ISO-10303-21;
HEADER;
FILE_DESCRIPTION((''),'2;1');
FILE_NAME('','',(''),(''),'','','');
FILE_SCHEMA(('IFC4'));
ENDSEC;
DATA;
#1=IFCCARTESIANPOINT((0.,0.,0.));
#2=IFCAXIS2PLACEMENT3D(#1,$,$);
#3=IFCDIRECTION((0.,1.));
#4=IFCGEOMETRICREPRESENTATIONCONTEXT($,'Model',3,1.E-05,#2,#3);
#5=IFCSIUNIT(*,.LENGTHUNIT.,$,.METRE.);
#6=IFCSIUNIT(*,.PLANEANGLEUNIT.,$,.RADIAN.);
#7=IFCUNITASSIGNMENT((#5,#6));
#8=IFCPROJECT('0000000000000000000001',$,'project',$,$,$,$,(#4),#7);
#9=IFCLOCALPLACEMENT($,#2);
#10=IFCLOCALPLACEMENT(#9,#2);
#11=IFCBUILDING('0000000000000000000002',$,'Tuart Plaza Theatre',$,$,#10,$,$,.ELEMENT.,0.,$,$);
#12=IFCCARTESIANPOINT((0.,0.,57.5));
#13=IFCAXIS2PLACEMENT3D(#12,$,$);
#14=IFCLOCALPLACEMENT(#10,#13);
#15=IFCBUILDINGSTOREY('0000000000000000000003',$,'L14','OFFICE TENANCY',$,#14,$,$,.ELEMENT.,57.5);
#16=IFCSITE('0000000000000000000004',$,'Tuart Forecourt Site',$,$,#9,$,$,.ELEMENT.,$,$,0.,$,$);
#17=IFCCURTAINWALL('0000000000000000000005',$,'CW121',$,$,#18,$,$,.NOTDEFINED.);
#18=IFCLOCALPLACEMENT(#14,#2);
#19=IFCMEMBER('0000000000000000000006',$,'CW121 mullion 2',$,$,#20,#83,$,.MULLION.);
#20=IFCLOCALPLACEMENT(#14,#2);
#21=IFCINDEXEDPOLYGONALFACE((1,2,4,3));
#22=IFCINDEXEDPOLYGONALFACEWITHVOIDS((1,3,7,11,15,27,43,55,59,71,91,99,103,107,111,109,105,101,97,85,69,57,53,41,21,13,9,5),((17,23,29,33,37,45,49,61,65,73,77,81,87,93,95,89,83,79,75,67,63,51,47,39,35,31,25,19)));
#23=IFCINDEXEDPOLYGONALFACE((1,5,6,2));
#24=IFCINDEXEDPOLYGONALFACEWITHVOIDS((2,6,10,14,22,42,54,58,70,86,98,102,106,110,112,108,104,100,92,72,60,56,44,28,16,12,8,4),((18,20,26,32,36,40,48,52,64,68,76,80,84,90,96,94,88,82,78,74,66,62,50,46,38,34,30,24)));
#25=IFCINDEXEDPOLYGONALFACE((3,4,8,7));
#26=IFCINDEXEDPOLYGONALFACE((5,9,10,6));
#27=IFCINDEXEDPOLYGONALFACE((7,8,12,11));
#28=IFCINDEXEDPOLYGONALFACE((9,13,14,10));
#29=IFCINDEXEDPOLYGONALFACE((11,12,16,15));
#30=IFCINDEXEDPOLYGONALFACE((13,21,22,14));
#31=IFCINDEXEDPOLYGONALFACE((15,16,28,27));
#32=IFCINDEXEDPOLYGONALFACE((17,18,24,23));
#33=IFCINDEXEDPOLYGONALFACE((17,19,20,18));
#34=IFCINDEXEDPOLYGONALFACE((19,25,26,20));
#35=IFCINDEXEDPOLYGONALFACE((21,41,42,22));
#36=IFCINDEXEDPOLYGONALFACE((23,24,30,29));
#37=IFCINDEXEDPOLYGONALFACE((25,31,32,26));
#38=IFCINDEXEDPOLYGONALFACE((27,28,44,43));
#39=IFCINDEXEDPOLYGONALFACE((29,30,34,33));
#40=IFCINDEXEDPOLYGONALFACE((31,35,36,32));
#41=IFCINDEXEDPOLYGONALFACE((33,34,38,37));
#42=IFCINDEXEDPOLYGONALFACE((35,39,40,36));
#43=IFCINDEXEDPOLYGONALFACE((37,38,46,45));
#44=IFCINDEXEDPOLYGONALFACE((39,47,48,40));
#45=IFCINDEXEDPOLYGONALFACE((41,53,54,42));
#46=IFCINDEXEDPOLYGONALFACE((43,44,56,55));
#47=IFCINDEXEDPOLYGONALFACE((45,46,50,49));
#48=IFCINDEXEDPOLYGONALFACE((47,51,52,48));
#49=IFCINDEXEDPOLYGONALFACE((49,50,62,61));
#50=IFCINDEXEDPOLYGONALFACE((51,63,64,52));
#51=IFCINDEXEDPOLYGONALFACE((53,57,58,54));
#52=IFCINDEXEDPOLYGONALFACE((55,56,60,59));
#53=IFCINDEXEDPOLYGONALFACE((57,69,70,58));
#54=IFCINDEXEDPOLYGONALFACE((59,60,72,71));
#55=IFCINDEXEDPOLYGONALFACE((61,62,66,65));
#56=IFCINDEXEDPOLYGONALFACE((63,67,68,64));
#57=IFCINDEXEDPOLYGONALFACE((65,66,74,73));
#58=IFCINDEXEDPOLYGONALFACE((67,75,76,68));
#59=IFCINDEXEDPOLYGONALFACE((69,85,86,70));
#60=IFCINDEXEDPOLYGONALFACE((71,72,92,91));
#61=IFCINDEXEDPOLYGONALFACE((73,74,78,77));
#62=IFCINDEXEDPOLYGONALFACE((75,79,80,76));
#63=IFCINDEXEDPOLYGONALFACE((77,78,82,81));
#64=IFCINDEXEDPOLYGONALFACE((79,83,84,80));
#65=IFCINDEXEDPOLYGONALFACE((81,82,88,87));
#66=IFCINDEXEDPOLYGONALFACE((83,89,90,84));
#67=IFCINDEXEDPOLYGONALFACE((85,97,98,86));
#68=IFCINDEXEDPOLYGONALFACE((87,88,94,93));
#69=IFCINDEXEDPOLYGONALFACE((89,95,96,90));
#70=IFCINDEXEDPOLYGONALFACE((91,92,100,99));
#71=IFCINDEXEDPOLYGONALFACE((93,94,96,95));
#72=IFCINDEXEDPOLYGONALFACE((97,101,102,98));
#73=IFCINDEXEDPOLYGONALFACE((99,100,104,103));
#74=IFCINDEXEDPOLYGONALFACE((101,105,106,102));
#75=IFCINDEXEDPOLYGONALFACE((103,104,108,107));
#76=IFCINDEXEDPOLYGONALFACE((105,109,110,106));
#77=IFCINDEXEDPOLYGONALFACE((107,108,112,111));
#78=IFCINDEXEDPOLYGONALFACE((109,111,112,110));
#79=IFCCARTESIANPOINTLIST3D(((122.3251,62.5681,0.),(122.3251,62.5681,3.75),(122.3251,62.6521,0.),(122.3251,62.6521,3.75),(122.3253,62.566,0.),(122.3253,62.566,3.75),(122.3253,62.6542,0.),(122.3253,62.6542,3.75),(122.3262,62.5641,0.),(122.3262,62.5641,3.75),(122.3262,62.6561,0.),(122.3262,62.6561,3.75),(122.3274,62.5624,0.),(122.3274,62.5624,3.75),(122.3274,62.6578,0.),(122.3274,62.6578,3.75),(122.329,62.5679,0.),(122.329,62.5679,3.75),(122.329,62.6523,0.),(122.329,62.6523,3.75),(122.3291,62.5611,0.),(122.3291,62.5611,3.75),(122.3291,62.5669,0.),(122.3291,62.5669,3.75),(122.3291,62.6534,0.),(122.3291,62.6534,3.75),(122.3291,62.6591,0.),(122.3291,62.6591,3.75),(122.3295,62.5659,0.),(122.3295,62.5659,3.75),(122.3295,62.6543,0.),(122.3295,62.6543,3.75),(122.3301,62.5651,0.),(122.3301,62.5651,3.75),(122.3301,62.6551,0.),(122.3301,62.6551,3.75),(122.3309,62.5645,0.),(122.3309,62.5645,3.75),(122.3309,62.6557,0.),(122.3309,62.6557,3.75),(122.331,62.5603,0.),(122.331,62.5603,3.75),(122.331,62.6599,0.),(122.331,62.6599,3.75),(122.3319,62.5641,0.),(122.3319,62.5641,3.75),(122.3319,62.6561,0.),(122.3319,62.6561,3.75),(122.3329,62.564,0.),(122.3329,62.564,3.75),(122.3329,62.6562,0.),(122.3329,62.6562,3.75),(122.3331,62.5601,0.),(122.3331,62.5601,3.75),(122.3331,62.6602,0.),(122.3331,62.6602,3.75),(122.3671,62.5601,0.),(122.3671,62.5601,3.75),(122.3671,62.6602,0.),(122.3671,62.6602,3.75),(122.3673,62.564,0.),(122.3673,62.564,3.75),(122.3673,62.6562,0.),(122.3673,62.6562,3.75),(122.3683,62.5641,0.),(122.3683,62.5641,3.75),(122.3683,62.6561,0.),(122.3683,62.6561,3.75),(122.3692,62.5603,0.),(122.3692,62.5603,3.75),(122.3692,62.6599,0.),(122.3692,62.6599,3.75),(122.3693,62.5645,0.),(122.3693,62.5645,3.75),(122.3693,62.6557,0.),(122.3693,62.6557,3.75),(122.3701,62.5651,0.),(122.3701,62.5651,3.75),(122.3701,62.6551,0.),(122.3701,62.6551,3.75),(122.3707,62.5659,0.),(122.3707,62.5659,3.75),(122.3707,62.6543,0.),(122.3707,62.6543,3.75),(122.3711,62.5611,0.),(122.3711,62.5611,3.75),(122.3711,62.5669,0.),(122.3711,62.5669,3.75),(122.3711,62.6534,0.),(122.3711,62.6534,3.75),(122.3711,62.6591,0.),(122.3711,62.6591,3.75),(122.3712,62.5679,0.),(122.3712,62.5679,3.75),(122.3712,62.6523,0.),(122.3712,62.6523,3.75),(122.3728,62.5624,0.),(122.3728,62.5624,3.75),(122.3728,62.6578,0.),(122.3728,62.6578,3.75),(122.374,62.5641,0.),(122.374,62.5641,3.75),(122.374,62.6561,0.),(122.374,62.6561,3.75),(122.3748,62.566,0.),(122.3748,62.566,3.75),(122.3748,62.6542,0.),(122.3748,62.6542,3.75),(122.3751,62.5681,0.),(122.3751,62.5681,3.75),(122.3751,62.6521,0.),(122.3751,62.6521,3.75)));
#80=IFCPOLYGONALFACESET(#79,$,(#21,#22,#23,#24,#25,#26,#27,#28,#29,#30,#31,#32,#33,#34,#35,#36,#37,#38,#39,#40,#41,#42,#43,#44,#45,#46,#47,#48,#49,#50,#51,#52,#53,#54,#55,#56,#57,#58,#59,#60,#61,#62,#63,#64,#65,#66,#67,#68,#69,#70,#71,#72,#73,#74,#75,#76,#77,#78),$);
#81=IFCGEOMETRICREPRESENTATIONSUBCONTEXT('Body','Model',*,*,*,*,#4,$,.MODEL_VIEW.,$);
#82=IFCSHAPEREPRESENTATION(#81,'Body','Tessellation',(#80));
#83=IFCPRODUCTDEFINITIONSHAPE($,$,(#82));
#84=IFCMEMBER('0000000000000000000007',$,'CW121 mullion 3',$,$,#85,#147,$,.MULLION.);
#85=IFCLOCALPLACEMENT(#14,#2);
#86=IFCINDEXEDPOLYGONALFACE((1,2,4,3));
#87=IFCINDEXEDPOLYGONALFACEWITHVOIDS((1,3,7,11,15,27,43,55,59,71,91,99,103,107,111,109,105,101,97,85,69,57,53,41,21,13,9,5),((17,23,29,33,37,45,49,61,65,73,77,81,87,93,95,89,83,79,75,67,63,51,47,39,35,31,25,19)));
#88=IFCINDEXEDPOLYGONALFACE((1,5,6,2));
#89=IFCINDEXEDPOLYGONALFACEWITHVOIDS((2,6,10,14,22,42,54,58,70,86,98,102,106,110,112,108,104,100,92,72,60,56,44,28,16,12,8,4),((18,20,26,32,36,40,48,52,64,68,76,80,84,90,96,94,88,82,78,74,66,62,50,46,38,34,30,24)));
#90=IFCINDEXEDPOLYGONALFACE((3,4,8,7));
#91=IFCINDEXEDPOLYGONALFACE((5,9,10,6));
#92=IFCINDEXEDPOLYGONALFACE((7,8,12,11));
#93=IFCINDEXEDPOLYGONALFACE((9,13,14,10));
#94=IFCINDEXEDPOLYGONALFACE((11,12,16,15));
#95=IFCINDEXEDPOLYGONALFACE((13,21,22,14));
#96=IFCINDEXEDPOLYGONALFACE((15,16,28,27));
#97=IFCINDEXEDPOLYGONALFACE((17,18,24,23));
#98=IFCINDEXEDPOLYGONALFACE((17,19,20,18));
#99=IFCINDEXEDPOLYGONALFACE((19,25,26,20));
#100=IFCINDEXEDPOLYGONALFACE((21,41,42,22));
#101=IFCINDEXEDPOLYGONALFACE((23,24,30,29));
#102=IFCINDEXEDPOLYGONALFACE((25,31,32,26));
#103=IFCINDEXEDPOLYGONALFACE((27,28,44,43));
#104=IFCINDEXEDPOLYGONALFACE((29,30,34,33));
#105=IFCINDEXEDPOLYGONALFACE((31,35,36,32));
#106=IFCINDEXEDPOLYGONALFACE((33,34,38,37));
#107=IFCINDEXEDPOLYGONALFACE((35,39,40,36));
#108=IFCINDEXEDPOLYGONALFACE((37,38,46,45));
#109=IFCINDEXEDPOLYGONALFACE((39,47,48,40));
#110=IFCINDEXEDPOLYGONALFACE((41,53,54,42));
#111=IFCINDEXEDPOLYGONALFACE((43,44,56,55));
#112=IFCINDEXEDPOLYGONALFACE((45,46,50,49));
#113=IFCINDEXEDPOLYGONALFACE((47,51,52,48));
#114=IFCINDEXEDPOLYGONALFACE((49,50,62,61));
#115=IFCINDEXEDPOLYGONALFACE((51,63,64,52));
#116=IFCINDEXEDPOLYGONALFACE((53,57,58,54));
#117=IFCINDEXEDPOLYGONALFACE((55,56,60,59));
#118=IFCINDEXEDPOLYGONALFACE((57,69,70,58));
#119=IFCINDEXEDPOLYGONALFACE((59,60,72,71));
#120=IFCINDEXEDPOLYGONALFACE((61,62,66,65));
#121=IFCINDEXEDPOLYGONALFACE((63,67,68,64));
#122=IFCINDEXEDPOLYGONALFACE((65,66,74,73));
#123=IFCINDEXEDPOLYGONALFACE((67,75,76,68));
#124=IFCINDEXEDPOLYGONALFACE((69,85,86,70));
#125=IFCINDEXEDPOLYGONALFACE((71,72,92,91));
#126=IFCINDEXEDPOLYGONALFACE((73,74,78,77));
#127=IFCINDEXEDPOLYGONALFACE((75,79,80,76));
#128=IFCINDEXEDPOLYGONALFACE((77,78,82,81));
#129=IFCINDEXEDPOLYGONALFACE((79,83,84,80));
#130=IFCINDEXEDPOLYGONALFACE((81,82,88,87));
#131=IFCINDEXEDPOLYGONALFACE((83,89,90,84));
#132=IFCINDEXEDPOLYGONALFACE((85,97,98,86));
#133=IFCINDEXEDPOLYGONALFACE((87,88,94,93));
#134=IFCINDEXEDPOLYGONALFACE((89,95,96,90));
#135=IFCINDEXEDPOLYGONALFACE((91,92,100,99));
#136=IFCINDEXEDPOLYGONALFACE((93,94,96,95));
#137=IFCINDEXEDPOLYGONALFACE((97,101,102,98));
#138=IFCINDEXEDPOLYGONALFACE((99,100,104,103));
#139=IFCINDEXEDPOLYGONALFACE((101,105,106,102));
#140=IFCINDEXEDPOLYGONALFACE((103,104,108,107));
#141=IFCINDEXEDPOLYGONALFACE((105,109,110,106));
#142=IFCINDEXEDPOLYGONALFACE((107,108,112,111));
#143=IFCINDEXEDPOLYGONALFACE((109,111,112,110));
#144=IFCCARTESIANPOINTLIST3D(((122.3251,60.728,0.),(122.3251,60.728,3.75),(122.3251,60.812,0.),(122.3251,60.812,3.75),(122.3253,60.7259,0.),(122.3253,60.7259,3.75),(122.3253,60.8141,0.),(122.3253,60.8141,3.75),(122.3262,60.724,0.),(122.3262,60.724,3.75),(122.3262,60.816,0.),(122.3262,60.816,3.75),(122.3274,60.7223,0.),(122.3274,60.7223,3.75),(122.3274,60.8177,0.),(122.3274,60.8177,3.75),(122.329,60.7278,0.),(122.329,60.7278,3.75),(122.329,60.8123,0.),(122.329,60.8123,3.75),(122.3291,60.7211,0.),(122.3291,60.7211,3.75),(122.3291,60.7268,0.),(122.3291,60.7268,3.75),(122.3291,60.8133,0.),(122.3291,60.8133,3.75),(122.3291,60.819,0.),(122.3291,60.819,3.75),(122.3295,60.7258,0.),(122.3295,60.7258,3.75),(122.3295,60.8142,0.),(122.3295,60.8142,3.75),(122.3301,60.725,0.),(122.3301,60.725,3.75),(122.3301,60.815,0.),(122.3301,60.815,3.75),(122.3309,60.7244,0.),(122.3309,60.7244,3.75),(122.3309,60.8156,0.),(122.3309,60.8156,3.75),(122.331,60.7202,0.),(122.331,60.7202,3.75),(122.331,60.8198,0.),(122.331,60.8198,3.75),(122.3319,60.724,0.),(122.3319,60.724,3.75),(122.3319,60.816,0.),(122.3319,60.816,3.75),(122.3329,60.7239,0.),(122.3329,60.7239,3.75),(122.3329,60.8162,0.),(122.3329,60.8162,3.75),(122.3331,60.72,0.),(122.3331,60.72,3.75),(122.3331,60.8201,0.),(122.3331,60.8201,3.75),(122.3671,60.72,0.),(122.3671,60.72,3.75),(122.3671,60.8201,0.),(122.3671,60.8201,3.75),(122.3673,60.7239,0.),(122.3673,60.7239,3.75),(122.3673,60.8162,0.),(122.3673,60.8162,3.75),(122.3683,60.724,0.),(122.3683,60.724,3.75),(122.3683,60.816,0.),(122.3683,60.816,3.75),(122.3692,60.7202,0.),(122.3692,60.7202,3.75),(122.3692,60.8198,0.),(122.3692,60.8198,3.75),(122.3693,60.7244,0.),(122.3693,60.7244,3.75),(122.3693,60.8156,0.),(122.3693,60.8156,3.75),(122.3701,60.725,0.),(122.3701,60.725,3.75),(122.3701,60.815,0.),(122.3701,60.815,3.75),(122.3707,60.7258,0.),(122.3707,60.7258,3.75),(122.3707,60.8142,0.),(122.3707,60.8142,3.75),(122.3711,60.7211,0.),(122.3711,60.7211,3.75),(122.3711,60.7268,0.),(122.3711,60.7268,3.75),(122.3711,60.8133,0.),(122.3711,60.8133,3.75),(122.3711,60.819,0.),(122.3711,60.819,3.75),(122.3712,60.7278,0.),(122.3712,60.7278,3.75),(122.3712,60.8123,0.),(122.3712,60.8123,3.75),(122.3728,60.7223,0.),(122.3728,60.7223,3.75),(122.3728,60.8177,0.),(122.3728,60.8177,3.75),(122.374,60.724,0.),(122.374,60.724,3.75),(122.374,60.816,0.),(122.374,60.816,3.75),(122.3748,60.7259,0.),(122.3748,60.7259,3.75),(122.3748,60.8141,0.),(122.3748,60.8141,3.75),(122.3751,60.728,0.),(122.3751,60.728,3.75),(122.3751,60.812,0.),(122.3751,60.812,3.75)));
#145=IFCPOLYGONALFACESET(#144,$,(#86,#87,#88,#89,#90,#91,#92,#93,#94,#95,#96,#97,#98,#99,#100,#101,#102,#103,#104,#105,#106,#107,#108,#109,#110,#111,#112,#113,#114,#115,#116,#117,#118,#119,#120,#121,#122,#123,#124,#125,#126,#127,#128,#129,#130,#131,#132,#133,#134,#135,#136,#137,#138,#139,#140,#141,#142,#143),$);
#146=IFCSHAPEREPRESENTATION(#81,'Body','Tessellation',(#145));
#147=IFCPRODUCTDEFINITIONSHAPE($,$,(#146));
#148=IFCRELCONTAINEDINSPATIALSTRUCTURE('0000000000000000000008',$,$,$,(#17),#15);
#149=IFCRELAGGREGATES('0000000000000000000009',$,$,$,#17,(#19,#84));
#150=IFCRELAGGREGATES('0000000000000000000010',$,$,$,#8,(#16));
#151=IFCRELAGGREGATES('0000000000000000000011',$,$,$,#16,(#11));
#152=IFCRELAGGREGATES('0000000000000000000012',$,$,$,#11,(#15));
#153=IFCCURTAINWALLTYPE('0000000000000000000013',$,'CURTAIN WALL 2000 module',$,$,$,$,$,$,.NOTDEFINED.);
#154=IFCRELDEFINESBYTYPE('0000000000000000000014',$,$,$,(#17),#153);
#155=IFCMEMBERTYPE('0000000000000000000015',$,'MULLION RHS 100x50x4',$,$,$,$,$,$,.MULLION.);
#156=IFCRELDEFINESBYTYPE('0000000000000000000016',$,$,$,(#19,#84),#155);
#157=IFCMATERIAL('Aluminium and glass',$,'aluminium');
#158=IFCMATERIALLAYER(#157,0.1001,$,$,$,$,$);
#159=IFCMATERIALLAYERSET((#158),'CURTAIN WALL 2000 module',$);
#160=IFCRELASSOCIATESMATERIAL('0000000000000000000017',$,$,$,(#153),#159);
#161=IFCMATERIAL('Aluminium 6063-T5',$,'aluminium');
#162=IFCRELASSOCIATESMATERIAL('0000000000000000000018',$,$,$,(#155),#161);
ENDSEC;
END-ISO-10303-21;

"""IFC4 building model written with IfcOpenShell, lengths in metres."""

from ifc_helpers import new_model, si_unit, direction, frame, origin, origin_2d, place, context, subcontext, project, spatial, hollow_rectangle, extrude, material, layer, layer_set, material_profile, profile_set, type_object, element, aggregate, save


model = new_model("IFC4")

# Units and contexts
model_context = context("Model", 3, precision=1e-05, world=origin(), true_north=direction((0.0, 1.0)))
body_context = subcontext(model_context, "Body", "Model", "MODEL_VIEW")
ifc_project = project(units=[si_unit("LENGTHUNIT", "METRE"), si_unit("PLANEANGLEUNIT", "RADIAN")], contexts=[model_context])

# Site, building, storey
site_placement = place(None, origin())
site = spatial("IfcSite", under=ifc_project, at=site_placement, Name="Tuart Forecourt Site", CompositionType="ELEMENT", RefElevation=0.0)
building_placement = place(site_placement, origin())
building = spatial("IfcBuilding", under=site, at=building_placement, Name="Tuart Plaza Theatre", CompositionType="ELEMENT", ElevationOfRefHeight=0.0)
storey_placement = place(building_placement, frame((0.0, 0.0, 57.5)))
storey = spatial("IfcBuildingStorey", under=building, at=storey_placement, Name="L14", Description="OFFICE TENANCY", CompositionType="ELEMENT", Elevation=57.5)

# Curtain wall, members
ifc_material_1 = material(Name="Aluminium and glass", Category="aluminium")
ifc_layer_1 = layer(ifc_material_1, 0.1001)
ifc_layer_set_1 = layer_set([ifc_layer_1], Name="CURTAIN WALL 2000 module")
curtain_wall_type = type_object("IfcCurtainWallType", Name="CURTAIN WALL 2000 module", PredefinedType="NOTDEFINED", material=ifc_layer_set_1)
curtain_wall_placement = place(storey_placement, origin())
curtain_wall = element("IfcCurtainWall", 1, at=curtain_wall_placement, inside=storey, type_object=curtain_wall_type, Name="CW121", PredefinedType="NOTDEFINED")
ifc_material_2 = material(Name="Aluminium 6063-T5", Category="aluminium")
ifc_material_profile_1 = material_profile(ifc_material_2, hollow_rectangle(XDim=0.05, YDim=0.1001, WallThickness=0.0039, InnerFilletRadius=0.0039, OuterFilletRadius=0.0081, at=origin_2d()), Name="RHS 100x50x4")
ifc_profile_set_1 = profile_set([ifc_material_profile_1], Name="Aluminium 6063-T5")
member_type_1 = type_object("IfcMemberType", Name="MULLION RHS 100x50x4", PredefinedType="MULLION", material=ifc_profile_set_1)
member_1_placement = place(storey_placement, frame((122.3501, 62.6101, 0.0), z_axis=(0.0, 0.0, 1.0), x_axis=(1.0, 0.0, 0.0)))
member_1 = element("IfcMember", 2, at=member_1_placement, type_object=member_type_1, Name="CW121 mullion 2", PredefinedType="MULLION", context=body_context, shape_type="SweptSolid", body=[
    extrude(hollow_rectangle(XDim=0.05, YDim=0.1001, WallThickness=0.0039, InnerFilletRadius=0.0039, OuterFilletRadius=0.0081, at=origin_2d()), origin(), (0.0, 0.0, 1.0), 3.75),
])
member_2_placement = place(storey_placement, frame((122.3501, 60.77, 0.0), z_axis=(0.0, 0.0, 1.0), x_axis=(1.0, 0.0, 0.0)))
member_2 = element("IfcMember", 3, at=member_2_placement, type_object=member_type_1, Name="CW121 mullion 3", PredefinedType="MULLION", context=body_context, shape_type="SweptSolid", body=[
    extrude(hollow_rectangle(XDim=0.05, YDim=0.1001, WallThickness=0.0039, InnerFilletRadius=0.0039, OuterFilletRadius=0.0081, at=origin_2d()), origin(), (0.0, 0.0, 1.0), 3.75),
])
aggregate(curtain_wall, [member_1, member_2])

save(model, "model.ifc")
